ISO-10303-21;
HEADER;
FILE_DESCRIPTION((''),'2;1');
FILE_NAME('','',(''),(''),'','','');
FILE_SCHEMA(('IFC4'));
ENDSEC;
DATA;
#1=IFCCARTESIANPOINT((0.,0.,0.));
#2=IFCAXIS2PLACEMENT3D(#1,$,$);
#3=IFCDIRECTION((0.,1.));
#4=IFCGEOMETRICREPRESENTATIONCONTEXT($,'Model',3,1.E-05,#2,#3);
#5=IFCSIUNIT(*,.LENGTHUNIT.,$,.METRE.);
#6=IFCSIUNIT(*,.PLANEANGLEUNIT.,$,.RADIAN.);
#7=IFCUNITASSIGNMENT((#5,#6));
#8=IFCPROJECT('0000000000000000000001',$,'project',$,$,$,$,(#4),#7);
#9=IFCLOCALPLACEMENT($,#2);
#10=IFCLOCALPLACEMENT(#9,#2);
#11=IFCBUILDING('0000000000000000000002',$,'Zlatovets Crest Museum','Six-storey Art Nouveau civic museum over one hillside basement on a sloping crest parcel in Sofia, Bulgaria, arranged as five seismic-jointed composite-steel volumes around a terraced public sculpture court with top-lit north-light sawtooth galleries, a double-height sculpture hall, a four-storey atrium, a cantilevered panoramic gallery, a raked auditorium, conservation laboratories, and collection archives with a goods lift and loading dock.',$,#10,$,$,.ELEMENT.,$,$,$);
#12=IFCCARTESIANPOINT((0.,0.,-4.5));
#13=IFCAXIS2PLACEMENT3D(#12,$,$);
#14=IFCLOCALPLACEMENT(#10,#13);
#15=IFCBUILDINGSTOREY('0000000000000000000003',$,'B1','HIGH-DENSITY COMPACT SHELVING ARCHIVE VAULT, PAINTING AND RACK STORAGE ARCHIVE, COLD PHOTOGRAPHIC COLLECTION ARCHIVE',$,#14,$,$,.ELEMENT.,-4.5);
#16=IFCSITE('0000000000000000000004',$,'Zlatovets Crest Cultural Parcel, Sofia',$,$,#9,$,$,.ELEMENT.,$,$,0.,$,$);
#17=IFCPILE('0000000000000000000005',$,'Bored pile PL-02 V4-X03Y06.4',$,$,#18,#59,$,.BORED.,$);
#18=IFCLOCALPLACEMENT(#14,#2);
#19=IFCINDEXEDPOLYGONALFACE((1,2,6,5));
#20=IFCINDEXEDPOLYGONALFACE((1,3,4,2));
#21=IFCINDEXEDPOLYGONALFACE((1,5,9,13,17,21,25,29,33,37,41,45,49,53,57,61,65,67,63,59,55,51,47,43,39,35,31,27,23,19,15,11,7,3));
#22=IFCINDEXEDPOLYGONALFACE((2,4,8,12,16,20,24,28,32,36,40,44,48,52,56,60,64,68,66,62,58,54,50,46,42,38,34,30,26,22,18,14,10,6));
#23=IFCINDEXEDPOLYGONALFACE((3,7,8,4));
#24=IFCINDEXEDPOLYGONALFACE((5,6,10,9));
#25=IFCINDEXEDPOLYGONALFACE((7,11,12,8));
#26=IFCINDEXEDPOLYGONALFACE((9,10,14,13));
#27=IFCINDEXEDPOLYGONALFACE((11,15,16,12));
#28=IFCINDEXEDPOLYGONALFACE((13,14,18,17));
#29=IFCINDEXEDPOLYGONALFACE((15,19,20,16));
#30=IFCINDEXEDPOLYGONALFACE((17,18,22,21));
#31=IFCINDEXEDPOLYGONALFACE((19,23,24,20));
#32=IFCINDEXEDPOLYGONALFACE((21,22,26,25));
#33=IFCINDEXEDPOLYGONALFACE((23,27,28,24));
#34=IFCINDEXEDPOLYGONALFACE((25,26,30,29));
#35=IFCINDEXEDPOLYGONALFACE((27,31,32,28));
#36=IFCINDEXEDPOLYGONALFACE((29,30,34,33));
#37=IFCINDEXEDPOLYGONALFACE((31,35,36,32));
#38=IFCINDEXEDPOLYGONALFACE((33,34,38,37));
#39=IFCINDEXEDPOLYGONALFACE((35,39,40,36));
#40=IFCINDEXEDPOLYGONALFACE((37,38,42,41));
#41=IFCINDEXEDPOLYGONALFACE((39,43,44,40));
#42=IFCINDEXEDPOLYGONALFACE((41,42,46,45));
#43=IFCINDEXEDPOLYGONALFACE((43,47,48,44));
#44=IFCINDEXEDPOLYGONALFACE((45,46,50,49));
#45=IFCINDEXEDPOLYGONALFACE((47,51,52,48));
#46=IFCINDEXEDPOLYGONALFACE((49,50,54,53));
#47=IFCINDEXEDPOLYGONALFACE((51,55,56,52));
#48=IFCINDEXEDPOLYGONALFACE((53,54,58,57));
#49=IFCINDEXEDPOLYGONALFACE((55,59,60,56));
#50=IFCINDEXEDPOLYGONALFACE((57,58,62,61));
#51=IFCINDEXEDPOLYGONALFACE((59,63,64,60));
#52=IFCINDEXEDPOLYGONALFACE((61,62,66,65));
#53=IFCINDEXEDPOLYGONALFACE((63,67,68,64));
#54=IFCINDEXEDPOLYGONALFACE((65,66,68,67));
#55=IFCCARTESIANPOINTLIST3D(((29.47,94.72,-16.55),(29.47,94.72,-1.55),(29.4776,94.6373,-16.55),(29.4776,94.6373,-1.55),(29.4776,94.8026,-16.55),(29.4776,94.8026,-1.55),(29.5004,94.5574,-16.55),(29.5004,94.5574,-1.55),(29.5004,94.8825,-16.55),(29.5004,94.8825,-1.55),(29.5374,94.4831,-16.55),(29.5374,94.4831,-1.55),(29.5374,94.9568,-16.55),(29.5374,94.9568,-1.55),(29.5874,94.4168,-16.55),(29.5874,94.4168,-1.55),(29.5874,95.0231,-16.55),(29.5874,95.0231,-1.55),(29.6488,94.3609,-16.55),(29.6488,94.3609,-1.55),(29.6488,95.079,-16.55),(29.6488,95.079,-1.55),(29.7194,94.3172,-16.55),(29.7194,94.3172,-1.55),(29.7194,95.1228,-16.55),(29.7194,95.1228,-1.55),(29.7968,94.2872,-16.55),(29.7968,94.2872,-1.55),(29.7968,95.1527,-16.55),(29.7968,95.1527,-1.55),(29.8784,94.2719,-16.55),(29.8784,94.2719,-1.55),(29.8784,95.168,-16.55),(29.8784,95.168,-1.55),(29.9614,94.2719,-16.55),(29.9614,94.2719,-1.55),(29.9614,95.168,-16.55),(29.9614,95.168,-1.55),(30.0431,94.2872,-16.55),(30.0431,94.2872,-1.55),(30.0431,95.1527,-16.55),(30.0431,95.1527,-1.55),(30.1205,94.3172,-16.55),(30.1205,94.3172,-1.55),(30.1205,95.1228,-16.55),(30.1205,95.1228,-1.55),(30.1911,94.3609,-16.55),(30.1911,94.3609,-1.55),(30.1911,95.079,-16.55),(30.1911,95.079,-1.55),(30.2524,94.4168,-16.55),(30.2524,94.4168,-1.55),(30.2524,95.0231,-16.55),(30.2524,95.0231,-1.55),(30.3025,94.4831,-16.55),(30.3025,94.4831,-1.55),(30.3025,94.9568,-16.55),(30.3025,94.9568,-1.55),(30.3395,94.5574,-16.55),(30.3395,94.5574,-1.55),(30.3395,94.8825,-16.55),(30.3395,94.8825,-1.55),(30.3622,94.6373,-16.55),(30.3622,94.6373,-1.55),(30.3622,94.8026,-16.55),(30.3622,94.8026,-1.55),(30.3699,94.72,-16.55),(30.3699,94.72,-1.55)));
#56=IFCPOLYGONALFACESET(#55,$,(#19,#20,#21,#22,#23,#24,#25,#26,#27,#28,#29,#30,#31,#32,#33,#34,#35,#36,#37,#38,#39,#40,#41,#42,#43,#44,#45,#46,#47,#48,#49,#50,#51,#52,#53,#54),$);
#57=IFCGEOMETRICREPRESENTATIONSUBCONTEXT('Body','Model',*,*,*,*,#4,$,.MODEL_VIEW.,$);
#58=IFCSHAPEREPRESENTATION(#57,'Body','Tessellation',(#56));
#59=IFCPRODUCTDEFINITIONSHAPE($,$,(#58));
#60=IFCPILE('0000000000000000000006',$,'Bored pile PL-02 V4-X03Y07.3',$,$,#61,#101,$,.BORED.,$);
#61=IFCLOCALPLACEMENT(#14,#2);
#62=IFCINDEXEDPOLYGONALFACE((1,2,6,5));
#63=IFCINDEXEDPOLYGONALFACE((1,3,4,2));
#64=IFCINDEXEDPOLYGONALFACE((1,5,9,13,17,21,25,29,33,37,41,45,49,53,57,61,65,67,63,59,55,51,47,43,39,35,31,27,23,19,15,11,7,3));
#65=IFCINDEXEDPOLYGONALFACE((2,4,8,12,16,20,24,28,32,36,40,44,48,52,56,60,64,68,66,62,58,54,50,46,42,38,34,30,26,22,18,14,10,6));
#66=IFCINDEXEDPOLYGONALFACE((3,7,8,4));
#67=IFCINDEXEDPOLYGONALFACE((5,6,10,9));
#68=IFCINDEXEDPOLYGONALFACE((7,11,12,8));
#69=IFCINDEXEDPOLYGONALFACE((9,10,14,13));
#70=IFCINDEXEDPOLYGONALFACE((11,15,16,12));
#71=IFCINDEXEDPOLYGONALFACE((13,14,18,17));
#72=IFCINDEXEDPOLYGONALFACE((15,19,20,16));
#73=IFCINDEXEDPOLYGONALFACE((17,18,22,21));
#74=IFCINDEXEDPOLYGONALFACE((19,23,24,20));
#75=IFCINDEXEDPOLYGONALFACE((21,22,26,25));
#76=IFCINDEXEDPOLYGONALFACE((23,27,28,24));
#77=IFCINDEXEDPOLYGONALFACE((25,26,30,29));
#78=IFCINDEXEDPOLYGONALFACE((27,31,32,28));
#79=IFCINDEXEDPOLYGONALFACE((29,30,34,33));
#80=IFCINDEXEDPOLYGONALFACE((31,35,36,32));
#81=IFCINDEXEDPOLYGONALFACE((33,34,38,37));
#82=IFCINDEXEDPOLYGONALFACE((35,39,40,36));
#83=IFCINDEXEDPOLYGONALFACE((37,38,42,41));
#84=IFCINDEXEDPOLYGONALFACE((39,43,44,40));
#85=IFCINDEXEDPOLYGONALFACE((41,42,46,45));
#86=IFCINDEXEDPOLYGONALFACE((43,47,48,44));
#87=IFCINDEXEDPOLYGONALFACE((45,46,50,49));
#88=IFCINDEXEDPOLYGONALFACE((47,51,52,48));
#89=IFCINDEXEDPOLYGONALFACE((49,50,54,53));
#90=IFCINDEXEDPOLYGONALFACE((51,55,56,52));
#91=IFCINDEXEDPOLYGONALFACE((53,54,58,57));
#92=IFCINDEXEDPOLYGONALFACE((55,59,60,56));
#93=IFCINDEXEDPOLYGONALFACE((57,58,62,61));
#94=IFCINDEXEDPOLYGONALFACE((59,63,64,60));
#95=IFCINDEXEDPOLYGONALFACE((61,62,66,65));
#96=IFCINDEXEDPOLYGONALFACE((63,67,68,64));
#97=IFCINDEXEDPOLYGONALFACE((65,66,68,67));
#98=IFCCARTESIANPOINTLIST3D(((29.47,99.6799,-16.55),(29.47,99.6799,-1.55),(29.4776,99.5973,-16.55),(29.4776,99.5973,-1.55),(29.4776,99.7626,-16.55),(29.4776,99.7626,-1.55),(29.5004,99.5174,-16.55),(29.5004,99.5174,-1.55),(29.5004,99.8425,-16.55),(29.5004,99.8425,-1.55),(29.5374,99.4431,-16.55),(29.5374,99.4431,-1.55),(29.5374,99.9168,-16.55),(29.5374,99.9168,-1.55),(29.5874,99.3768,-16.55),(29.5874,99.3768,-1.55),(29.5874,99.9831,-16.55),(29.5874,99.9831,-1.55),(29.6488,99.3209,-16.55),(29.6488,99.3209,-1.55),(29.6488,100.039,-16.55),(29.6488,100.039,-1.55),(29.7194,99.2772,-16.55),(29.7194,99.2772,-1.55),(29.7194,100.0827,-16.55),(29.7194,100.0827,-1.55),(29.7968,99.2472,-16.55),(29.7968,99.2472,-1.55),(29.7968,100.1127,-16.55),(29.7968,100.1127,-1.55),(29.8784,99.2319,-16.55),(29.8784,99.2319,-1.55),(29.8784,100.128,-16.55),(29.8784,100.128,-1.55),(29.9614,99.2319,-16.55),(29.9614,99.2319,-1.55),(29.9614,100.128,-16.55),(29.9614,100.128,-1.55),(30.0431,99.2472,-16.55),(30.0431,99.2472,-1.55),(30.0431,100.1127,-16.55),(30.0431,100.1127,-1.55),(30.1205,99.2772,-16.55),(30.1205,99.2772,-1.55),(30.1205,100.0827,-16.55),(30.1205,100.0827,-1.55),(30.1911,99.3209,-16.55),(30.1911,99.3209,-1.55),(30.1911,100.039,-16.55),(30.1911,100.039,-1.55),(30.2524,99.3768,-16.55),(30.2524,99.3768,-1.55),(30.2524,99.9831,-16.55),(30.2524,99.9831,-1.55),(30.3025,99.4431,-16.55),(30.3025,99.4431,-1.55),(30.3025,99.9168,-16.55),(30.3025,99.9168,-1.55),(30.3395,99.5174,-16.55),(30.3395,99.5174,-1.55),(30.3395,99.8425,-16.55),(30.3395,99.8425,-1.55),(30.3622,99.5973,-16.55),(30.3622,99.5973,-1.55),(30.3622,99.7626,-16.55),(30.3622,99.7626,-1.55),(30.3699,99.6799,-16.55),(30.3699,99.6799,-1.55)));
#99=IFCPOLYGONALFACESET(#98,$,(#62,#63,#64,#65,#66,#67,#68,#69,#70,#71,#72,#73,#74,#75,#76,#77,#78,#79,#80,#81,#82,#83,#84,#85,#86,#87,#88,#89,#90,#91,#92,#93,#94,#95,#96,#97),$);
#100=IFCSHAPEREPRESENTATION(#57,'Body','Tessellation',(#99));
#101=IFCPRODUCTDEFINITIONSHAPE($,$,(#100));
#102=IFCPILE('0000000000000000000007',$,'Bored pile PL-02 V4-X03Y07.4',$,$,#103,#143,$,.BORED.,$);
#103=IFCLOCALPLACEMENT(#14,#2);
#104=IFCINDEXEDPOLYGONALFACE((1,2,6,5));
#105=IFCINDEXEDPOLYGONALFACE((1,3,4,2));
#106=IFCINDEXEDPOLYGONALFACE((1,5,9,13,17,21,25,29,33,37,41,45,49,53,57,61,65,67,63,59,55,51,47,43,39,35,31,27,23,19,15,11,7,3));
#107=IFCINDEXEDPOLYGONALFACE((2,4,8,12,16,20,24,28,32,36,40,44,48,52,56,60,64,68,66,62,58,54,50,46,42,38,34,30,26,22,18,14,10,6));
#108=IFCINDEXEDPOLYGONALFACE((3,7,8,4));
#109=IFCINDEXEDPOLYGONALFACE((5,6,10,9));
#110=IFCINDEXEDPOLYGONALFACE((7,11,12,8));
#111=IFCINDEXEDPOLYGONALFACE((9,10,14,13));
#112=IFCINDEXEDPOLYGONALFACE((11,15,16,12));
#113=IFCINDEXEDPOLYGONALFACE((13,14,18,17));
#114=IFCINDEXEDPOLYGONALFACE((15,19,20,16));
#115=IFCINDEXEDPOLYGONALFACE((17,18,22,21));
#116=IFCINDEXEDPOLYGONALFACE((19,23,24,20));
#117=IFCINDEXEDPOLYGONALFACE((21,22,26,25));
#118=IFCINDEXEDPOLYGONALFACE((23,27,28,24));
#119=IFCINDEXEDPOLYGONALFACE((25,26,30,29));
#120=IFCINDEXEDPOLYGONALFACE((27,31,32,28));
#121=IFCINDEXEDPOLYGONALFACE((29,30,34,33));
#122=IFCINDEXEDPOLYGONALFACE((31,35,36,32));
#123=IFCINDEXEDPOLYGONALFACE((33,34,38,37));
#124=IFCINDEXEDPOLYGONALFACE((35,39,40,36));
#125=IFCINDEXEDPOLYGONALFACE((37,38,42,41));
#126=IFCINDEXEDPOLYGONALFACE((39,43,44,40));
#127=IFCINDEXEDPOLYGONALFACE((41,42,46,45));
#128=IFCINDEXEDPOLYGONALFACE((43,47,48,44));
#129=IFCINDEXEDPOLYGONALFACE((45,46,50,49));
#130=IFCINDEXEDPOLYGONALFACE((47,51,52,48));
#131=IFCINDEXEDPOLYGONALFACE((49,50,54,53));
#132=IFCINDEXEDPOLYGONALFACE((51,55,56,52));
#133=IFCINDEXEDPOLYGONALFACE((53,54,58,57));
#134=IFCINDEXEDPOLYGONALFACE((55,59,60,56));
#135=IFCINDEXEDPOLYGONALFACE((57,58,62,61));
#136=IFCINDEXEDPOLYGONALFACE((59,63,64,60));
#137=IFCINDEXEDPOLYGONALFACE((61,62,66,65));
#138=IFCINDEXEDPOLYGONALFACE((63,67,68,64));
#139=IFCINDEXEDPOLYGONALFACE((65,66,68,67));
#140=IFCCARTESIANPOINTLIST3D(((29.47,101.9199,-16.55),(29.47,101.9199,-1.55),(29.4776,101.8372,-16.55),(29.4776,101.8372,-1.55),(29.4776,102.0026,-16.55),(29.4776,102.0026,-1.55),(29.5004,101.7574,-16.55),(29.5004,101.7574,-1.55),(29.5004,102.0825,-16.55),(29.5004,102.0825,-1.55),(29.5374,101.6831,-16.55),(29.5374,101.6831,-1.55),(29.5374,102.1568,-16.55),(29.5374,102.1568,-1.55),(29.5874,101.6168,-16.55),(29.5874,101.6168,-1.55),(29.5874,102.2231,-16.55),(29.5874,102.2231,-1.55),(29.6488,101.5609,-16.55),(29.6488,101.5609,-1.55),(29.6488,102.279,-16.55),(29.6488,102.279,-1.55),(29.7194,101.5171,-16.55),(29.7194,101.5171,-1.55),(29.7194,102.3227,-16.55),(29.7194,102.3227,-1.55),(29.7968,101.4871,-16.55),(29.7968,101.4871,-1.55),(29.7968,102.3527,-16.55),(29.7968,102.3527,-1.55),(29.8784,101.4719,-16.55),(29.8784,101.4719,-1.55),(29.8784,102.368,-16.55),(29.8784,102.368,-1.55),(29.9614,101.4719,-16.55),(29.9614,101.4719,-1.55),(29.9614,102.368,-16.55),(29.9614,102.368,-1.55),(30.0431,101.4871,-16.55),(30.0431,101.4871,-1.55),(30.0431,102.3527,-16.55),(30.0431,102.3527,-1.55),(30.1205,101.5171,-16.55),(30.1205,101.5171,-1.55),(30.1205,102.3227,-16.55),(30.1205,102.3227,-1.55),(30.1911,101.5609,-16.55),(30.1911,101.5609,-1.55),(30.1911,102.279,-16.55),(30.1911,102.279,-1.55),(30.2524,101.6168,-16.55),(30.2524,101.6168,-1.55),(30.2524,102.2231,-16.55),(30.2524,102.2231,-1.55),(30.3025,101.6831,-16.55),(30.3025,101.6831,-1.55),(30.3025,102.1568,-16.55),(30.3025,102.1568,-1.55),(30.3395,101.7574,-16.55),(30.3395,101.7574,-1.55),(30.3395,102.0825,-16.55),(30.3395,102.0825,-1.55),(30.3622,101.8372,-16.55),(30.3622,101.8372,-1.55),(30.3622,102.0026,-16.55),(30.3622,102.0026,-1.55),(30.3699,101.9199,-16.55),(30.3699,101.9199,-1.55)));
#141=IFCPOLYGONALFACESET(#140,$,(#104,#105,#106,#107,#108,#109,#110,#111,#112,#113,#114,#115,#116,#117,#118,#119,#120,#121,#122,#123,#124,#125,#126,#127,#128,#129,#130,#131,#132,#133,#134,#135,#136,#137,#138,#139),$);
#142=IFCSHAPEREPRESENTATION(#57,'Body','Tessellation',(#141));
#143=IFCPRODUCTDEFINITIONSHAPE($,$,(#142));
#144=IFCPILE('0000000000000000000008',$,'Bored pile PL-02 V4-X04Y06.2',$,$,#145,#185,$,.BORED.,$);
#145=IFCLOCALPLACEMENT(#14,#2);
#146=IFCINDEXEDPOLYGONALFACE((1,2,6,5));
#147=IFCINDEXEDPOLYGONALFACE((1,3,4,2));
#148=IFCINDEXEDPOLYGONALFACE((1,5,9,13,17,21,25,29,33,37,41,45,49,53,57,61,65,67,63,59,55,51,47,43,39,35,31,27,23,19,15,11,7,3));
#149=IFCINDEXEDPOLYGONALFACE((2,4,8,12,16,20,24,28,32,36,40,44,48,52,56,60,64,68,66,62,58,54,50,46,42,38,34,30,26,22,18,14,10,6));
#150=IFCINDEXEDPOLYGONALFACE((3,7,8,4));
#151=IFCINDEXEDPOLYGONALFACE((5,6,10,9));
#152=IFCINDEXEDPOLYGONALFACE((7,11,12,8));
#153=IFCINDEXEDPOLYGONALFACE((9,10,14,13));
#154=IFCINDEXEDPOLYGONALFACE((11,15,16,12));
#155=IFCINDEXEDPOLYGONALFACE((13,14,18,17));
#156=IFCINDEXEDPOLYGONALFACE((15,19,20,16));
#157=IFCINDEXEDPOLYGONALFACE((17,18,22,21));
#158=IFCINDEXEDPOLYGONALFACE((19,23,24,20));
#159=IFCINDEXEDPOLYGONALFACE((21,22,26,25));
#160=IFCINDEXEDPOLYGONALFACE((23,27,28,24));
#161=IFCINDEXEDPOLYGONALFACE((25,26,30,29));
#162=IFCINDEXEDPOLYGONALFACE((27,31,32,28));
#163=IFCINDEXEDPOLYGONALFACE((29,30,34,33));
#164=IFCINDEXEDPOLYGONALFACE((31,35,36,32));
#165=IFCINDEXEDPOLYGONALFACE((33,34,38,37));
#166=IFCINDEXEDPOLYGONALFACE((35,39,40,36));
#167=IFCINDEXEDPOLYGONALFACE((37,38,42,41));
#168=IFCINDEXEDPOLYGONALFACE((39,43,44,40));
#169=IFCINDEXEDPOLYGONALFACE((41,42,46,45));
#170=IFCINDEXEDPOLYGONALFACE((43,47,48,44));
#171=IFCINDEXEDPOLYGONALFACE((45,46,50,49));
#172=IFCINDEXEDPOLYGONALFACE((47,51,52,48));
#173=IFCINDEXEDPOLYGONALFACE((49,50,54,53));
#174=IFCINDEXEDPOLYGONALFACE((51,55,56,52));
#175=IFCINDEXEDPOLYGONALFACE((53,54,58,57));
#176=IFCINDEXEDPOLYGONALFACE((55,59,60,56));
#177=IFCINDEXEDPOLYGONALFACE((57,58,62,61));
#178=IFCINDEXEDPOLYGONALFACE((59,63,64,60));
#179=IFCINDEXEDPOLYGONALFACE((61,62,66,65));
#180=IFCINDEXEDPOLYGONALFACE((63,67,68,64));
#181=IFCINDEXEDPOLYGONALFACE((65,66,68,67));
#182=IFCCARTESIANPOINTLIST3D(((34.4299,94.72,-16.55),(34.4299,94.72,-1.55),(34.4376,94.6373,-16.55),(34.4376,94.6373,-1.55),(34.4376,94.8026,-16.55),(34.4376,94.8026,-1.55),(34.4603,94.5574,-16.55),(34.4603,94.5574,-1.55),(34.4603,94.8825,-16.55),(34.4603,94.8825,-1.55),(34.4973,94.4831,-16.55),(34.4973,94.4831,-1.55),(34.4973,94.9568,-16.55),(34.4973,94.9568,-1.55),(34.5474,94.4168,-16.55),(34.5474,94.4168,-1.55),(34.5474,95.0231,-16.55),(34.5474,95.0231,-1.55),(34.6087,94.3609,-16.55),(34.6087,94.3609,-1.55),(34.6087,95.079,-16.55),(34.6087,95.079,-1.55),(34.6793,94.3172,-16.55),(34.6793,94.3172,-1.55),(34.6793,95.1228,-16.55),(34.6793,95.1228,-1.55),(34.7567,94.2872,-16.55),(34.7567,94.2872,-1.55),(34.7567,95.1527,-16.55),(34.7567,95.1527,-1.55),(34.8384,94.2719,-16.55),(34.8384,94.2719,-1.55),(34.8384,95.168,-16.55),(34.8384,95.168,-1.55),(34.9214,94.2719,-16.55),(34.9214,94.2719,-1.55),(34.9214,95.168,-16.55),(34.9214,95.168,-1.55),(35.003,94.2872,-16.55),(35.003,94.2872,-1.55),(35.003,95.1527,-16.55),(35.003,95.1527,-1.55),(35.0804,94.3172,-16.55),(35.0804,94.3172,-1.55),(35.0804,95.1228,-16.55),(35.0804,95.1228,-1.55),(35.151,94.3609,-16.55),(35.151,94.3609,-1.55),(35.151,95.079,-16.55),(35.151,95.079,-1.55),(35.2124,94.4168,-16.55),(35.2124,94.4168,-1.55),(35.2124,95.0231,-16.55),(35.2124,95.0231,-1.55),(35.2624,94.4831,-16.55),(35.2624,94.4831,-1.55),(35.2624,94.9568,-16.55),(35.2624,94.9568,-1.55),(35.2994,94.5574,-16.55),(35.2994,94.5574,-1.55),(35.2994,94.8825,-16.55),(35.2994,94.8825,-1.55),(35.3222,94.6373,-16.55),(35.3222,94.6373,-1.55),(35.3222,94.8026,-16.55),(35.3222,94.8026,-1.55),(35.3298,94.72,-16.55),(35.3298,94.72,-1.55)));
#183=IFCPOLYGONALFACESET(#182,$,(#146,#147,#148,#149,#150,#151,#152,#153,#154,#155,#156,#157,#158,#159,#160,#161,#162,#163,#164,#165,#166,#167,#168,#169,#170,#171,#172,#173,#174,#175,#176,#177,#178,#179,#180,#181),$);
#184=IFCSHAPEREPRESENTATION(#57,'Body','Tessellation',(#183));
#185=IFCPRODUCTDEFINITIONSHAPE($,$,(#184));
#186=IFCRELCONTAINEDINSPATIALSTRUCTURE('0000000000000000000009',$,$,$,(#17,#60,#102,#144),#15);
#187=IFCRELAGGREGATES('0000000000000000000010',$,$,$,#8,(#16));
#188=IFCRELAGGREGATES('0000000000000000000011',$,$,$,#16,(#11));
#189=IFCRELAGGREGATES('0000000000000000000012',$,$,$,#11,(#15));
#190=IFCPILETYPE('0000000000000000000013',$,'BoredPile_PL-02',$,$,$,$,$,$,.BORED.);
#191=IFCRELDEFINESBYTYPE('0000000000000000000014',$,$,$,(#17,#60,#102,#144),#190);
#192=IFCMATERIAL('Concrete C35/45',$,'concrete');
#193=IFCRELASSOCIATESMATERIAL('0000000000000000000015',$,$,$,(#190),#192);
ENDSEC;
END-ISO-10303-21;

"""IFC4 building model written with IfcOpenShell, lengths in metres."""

from ifc_helpers import new_model, si_unit, direction, frame, origin, origin_2d, place, context, subcontext, project, spatial, circle, extrude, material, material_profile, profile_set, type_object, element, save


model = new_model("IFC4")

# Units and contexts
model_context = context("Model", 3, precision=1e-05, world=origin(), true_north=direction((0.0, 1.0)))
body_context = subcontext(model_context, "Body", "Model", "MODEL_VIEW")
ifc_project = project(units=[si_unit("LENGTHUNIT", "METRE"), si_unit("PLANEANGLEUNIT", "RADIAN")], contexts=[model_context])

# Site, building, storey
site_placement = place(None, origin())
site = spatial("IfcSite", under=ifc_project, at=site_placement, Name="Zlatovets Crest Cultural Parcel, Sofia", CompositionType="ELEMENT", RefElevation=0.0)
building_placement = place(site_placement, origin())
building = spatial("IfcBuilding", under=site, at=building_placement, Name="Zlatovets Crest Museum", Description="Six-storey Art Nouveau civic museum over one hillside basement on a sloping crest parcel in Sofia, Bulgaria, arranged as five seismic-jointed composite-steel volumes around a terraced public sculpture court with top-lit north-light sawtooth galleries, a double-height sculpture hall, a four-storey atrium, a cantilevered panoramic gallery, a raked auditorium, conservation laboratories, and collection archives with a goods lift and loading dock.", CompositionType="ELEMENT")
storey_placement = place(building_placement, frame((0.0, 0.0, -4.5)))
storey = spatial("IfcBuildingStorey", under=building, at=storey_placement, Name="B1", Description="HIGH-DENSITY COMPACT SHELVING ARCHIVE VAULT, PAINTING AND RACK STORAGE ARCHIVE, COLD PHOTOGRAPHIC COLLECTION ARCHIVE", CompositionType="ELEMENT", Elevation=-4.5)

# Piles
ifc_material_1 = material(Name="Concrete C35/45", Category="concrete")
ifc_material_profile_1 = material_profile(ifc_material_1, circle(Radius=0.45, at=origin_2d()), Name="PILE D900")
ifc_profile_set_1 = profile_set([ifc_material_profile_1], Name="Concrete C35/45")
pile_type_1 = type_object("IfcPileType", Name="BoredPile_PL-02", PredefinedType="BORED", material=ifc_profile_set_1)
for number, where, z_axis, x_axis, name in (
    (1, (29.9199, 94.72, -1.55), (0.0, 0.0, -1.0), (1.0, 0.0, 0.0), "Bored pile PL-02 V4-X03Y06.4"),
    (2, (29.9199, 99.6799, -1.55), (0.0, 0.0, -1.0), (1.0, 0.0, 0.0), "Bored pile PL-02 V4-X03Y07.3"),
    (3, (29.9199, 101.9199, -1.55), (0.0, 0.0, -1.0), (1.0, 0.0, 0.0), "Bored pile PL-02 V4-X03Y07.4"),
    (4, (34.8799, 94.72, -1.55), (0.0, 0.0, -1.0), (1.0, 0.0, 0.0), "Bored pile PL-02 V4-X04Y06.2"),
):
    element("IfcPile", number, at=place(storey_placement, frame(where, z_axis=z_axis, x_axis=x_axis)), inside=storey, type_object=pile_type_1, Name=name, PredefinedType="BORED", context=body_context, shape_type="SweptSolid", body=[
        extrude(circle(Radius=0.45, at=origin_2d()), origin(), (0.0, 0.0, 1.0), 15.0),
    ])

save(model, "model.ifc")
